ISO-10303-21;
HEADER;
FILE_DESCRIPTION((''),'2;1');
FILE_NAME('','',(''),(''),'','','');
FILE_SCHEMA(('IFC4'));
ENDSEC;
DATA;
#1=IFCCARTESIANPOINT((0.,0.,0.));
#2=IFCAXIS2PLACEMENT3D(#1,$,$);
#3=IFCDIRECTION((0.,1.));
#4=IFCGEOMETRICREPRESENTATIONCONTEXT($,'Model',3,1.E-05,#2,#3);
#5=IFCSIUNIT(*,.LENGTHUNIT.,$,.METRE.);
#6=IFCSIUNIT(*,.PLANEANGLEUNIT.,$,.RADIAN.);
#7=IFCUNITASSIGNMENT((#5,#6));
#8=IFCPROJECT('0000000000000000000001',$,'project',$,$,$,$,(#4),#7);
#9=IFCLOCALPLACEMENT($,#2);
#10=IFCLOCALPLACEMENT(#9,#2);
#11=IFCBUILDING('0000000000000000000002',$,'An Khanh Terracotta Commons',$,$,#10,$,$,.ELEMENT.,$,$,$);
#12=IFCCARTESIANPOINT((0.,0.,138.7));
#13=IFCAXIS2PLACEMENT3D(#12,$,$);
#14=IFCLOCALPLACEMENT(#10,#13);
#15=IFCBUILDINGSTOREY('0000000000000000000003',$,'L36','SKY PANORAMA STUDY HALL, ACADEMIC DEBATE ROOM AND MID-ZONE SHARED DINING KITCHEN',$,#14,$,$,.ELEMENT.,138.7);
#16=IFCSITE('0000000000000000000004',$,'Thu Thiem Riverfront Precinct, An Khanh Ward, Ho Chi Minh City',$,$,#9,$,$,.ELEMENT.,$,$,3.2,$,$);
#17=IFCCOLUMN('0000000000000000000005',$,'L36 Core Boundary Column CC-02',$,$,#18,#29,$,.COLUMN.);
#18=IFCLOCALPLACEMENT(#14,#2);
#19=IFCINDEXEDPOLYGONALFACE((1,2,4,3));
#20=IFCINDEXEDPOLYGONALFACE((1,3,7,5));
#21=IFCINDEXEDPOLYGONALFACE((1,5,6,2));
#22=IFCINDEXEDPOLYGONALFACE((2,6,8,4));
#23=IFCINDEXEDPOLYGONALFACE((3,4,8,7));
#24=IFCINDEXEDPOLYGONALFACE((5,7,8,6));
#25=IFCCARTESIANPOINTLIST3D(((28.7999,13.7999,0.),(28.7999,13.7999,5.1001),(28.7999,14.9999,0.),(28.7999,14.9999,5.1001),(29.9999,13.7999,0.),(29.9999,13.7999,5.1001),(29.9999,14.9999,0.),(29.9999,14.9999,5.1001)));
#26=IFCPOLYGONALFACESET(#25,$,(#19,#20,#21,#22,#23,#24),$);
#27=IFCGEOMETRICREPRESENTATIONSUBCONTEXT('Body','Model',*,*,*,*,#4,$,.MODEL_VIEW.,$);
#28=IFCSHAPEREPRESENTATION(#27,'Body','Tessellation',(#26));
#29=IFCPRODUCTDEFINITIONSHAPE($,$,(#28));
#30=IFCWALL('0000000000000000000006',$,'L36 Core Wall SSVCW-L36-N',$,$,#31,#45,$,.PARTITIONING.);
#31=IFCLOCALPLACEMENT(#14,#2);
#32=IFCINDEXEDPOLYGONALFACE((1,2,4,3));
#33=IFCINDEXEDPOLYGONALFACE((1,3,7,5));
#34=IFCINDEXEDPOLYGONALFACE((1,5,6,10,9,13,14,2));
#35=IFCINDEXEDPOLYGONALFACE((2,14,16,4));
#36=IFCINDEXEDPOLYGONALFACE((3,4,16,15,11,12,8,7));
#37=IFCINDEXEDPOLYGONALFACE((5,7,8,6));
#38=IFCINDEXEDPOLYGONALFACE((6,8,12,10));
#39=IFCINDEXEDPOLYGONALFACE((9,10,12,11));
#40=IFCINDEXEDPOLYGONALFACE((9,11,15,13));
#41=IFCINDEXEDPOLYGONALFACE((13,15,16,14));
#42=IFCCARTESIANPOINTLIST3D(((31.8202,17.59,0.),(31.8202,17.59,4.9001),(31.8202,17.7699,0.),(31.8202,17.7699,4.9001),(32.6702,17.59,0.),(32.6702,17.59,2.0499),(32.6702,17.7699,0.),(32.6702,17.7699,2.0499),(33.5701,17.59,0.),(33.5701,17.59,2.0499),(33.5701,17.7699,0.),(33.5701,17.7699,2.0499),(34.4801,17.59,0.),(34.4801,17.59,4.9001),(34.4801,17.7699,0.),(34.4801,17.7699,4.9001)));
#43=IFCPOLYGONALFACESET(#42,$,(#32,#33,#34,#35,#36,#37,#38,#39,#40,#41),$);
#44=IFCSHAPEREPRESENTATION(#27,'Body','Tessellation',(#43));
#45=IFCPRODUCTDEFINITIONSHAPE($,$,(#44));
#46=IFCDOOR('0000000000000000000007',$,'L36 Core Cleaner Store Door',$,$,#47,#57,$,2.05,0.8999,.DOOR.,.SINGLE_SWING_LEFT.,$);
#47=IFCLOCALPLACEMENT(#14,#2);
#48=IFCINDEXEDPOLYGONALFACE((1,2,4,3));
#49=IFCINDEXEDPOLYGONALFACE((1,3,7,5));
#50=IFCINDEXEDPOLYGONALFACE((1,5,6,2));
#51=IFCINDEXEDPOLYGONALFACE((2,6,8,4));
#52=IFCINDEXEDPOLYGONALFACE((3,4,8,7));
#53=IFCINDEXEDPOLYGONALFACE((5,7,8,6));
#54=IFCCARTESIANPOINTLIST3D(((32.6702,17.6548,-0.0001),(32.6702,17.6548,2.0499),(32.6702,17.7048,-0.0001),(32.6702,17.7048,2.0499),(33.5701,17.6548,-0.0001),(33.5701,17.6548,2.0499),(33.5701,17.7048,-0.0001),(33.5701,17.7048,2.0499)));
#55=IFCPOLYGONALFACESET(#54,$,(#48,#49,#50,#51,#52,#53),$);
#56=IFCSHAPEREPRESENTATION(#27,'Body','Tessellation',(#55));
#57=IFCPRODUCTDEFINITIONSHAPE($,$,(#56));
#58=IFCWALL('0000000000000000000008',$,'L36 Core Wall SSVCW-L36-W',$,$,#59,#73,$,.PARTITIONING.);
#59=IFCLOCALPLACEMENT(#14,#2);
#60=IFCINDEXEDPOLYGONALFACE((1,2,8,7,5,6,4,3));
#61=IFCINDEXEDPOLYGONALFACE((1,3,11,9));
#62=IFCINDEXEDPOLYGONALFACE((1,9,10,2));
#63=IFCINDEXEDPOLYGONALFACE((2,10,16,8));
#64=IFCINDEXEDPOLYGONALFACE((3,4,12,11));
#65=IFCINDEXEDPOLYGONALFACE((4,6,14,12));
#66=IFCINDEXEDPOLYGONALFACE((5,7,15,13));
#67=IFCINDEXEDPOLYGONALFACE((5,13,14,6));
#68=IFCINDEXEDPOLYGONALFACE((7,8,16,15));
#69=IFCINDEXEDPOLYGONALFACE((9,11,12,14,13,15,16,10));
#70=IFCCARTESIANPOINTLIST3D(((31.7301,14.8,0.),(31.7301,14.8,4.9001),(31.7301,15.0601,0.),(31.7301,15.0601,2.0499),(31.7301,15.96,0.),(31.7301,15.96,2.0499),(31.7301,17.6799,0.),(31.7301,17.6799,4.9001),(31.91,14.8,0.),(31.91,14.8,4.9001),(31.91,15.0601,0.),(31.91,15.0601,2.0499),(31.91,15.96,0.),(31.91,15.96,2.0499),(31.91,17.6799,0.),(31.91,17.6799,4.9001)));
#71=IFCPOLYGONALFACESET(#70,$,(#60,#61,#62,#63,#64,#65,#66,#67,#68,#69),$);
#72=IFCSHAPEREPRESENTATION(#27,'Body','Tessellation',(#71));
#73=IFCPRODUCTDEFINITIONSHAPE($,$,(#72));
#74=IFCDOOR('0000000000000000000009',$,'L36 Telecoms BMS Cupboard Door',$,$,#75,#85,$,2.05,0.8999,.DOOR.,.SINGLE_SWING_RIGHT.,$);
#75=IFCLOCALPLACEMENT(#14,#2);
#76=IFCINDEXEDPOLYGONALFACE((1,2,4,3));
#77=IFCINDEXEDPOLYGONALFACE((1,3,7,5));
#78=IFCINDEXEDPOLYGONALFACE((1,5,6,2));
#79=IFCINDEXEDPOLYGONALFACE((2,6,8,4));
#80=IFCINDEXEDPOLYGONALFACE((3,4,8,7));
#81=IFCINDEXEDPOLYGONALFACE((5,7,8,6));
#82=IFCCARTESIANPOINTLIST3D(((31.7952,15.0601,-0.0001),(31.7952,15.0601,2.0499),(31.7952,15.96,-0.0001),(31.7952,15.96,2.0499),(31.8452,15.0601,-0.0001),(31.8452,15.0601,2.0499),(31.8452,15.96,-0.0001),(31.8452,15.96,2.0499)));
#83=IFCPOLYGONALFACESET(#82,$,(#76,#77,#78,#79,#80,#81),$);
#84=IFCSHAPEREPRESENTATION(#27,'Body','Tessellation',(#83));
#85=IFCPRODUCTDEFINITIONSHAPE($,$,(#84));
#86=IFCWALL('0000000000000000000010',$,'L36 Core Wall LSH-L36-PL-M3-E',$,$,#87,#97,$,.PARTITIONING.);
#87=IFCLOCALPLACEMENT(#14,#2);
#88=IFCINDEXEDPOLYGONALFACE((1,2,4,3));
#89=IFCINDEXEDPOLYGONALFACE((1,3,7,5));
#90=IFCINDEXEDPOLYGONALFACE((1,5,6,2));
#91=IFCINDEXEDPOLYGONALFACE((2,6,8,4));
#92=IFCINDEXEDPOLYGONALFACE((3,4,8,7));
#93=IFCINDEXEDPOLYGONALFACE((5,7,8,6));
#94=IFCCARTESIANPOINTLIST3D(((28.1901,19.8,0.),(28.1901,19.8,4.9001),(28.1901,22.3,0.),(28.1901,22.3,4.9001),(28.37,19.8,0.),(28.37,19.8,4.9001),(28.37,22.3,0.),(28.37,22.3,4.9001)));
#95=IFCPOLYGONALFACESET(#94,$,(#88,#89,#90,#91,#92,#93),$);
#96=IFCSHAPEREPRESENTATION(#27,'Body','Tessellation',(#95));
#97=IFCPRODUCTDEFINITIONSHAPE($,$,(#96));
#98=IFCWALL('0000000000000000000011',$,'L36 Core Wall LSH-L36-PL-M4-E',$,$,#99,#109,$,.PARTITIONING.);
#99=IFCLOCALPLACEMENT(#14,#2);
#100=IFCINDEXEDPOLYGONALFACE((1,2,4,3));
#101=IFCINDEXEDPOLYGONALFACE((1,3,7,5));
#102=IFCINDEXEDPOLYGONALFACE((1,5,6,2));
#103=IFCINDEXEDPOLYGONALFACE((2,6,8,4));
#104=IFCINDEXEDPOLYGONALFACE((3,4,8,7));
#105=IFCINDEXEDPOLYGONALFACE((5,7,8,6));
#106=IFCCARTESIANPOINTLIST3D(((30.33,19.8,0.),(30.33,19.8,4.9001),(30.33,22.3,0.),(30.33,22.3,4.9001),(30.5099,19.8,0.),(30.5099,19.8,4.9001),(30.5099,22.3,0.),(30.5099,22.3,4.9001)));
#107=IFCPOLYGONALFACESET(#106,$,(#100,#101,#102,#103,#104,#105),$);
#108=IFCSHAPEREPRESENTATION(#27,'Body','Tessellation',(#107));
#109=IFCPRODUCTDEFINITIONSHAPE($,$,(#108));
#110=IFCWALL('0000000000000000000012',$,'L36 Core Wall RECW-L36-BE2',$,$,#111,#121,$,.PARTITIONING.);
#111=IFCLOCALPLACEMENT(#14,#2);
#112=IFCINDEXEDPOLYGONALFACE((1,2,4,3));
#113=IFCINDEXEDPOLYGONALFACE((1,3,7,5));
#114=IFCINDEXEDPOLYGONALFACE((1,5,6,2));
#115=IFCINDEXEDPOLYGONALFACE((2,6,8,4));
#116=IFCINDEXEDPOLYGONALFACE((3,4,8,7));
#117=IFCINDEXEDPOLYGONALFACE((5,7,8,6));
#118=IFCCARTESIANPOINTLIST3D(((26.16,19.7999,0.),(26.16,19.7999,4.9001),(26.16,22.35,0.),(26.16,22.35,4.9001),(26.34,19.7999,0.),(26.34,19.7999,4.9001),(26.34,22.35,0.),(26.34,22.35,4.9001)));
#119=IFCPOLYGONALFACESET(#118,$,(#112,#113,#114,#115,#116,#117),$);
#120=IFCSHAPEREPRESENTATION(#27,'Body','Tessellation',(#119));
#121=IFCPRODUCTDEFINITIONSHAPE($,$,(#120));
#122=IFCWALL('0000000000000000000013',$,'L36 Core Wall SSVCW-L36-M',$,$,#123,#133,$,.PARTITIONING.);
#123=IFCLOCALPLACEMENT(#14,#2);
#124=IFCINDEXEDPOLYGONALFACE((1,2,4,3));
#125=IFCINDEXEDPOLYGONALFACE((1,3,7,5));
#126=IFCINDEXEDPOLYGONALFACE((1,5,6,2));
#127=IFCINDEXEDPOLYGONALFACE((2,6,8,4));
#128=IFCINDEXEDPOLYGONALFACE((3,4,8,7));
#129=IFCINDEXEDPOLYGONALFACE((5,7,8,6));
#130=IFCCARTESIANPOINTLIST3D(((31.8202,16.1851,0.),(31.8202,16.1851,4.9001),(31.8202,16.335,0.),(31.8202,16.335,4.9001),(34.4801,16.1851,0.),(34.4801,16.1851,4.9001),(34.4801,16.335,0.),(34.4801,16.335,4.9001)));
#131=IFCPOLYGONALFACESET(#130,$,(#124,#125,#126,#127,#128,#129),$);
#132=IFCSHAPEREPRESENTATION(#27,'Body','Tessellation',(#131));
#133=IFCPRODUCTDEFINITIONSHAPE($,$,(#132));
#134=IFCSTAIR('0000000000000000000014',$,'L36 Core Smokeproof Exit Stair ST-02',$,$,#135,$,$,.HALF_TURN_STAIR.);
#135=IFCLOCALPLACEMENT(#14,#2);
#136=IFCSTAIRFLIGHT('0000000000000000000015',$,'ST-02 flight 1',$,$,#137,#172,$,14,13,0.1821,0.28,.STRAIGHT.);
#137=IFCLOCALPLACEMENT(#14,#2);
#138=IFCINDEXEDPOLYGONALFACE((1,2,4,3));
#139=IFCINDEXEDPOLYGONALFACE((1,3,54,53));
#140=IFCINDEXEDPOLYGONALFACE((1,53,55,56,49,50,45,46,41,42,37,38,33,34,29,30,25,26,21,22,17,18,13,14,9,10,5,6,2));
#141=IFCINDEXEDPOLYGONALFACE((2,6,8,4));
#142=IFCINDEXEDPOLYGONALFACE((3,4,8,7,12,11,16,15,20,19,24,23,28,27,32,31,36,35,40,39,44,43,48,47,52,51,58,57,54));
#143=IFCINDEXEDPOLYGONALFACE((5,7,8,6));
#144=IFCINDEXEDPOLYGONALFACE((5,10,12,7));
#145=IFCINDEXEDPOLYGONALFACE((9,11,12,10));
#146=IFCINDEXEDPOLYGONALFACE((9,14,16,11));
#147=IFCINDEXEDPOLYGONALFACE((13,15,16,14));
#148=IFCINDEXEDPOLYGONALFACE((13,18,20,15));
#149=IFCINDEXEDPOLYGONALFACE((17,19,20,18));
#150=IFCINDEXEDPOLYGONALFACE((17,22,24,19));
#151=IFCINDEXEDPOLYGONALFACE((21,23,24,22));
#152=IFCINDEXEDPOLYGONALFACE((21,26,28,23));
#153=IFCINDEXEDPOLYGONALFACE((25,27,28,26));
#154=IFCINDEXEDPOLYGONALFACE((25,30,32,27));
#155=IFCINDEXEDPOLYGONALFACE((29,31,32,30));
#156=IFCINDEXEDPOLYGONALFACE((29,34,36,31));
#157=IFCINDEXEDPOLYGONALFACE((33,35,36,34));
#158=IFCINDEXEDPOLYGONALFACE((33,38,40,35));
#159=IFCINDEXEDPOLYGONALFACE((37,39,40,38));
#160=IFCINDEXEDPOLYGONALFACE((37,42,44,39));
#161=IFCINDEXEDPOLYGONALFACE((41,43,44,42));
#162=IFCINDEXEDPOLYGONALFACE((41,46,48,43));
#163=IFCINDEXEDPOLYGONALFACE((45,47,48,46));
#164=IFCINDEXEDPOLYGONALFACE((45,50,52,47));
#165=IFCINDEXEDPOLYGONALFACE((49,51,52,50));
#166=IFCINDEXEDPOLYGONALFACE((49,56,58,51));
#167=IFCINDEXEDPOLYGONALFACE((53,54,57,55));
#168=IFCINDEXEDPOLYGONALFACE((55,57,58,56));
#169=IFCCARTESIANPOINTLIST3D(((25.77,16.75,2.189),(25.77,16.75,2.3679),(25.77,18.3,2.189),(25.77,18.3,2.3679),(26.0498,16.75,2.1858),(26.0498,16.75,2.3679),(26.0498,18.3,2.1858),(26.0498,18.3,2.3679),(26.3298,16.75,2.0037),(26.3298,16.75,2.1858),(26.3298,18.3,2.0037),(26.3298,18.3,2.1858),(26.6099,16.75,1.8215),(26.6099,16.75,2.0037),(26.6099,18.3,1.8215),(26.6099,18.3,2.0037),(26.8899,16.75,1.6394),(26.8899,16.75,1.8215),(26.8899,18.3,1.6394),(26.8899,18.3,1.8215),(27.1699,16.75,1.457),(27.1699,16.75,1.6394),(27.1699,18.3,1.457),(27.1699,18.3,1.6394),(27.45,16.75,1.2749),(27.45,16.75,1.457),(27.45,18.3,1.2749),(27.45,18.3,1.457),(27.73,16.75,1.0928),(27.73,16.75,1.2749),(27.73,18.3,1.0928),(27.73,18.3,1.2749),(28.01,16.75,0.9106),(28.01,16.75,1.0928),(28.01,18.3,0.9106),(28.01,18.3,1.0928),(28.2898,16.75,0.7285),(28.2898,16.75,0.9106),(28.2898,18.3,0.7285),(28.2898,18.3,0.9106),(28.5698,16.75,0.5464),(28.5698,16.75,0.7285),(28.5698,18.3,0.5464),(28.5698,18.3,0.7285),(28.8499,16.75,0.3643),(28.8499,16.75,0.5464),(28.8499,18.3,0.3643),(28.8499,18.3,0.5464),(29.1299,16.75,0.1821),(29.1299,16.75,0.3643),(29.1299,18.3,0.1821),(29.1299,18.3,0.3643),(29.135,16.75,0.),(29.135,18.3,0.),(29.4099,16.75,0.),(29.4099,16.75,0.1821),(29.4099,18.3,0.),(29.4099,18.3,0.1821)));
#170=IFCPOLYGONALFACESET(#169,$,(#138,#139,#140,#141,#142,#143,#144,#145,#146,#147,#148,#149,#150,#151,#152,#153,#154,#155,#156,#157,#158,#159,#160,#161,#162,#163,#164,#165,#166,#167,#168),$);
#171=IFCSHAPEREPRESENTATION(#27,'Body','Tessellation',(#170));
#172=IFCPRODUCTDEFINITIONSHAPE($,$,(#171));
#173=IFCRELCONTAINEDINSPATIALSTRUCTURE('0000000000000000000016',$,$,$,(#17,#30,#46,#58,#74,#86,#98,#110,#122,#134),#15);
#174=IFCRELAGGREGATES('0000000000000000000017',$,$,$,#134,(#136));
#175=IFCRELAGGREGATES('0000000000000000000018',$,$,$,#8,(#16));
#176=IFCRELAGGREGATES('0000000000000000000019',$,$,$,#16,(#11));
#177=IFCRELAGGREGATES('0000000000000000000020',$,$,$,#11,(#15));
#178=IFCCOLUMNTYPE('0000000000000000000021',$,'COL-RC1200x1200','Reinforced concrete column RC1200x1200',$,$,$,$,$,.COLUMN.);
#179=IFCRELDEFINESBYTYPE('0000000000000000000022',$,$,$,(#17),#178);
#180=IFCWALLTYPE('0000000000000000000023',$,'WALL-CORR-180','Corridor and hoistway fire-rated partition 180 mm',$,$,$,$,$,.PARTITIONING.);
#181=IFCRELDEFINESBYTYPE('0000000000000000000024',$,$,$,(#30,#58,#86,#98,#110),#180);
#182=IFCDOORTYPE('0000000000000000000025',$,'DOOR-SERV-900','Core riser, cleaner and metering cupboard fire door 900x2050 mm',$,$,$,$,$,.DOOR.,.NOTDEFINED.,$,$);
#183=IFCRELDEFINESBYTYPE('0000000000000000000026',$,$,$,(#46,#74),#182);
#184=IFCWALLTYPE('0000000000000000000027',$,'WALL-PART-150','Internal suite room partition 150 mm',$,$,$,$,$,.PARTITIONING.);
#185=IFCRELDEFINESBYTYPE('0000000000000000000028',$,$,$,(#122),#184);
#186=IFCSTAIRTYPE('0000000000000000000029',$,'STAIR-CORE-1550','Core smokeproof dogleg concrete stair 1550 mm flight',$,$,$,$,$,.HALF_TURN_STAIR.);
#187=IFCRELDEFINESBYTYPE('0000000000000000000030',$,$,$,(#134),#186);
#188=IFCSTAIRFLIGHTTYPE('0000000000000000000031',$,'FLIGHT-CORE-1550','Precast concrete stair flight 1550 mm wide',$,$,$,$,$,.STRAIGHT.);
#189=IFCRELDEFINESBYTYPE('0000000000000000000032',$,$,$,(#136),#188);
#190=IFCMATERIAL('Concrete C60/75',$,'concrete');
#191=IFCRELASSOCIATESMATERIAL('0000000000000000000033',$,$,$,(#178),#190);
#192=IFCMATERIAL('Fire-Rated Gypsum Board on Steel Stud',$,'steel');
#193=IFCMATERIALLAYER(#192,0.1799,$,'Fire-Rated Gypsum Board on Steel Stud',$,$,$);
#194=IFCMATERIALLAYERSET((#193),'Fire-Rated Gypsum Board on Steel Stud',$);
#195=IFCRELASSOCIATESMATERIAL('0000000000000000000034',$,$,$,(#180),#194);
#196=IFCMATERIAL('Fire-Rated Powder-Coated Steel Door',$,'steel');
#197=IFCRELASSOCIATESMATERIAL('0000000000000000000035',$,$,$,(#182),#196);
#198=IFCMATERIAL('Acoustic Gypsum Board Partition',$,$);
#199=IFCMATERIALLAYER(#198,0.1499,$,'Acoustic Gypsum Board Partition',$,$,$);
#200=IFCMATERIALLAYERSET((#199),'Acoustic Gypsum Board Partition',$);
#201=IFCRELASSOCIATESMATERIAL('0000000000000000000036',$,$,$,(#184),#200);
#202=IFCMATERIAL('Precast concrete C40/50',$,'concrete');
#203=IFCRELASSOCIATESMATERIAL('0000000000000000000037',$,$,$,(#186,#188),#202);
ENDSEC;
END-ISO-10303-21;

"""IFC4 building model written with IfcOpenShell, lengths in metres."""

from ifc_helpers import new_model, si_unit, direction, frame, frame_2d, origin, origin_2d, place, context, subcontext, project, spatial, polyline, rectangle, outline, extrude, material, layer, layer_set, material_profile, profile_set, type_object, element, fill, aggregate, save


model = new_model("IFC4")

# Units and contexts
model_context = context("Model", 3, precision=1e-05, world=origin(), true_north=direction((0.0, 1.0)))
body_context = subcontext(model_context, "Body", "Model", "MODEL_VIEW")
ifc_project = project(units=[si_unit("LENGTHUNIT", "METRE"), si_unit("PLANEANGLEUNIT", "RADIAN")], contexts=[model_context])

# Site, building, storey
site_placement = place(None, origin())
site = spatial("IfcSite", under=ifc_project, at=site_placement, Name="Thu Thiem Riverfront Precinct, An Khanh Ward, Ho Chi Minh City", CompositionType="ELEMENT", RefElevation=3.2)
building_placement = place(site_placement, origin())
building = spatial("IfcBuilding", under=site, at=building_placement, Name="An Khanh Terracotta Commons", CompositionType="ELEMENT")
storey_placement = place(building_placement, frame((0.0, 0.0, 138.7)))
storey = spatial("IfcBuildingStorey", under=building, at=storey_placement, Name="L36", Description="SKY PANORAMA STUDY HALL, ACADEMIC DEBATE ROOM AND MID-ZONE SHARED DINING KITCHEN", CompositionType="ELEMENT", Elevation=138.7)

# Column
ifc_material_1 = material(Name="Concrete C60/75", Category="concrete")
ifc_material_profile = material_profile(ifc_material_1, rectangle(XDim=1.2, YDim=1.2, at=origin_2d()), Name="RC1200x1200")
ifc_profile_set = profile_set([ifc_material_profile], Name="Concrete C60/75")
column_type = type_object("IfcColumnType", Name="COL-RC1200x1200", Description="Reinforced concrete column RC1200x1200", PredefinedType="COLUMN", material=ifc_profile_set)
column_placement = place(storey_placement, frame((29.3999, 14.3999, 0.0), z_axis=(0.0, 0.0, 1.0), x_axis=(1.0, 0.0, 0.0)))
element("IfcColumn", 1, at=column_placement, inside=storey, type_object=column_type, Name="L36 Core Boundary Column CC-02", PredefinedType="COLUMN", context=body_context, shape_type="SweptSolid", body=[
    extrude(rectangle(XDim=1.2, YDim=1.2, at=origin_2d()), origin(), (0.0, 0.0, 1.0), 5.1001),
])

# Walls, openings, doors
ifc_material_2 = material(Name="Fire-Rated Gypsum Board on Steel Stud", Category="steel")
ifc_layer_1 = layer(ifc_material_2, 0.1799, Name="Fire-Rated Gypsum Board on Steel Stud")
ifc_layer_set_1 = layer_set([ifc_layer_1], Name="Fire-Rated Gypsum Board on Steel Stud")
wall_type_1 = type_object("IfcWallType", Name="WALL-CORR-180", Description="Corridor and hoistway fire-rated partition 180 mm", PredefinedType="PARTITIONING", material=ifc_layer_set_1)
wall_1_placement = place(storey_placement, frame((31.8201, 17.6799, 0.0), z_axis=(0.0, 0.0, 1.0), x_axis=(1.0, 0.0, 0.0)))
wall_1 = element("IfcWall", 2, at=wall_1_placement, inside=storey, type_object=wall_type_1, Name="L36 Core Wall SSVCW-L36-N", PredefinedType="PARTITIONING", context=body_context, shape_type="SweptSolid", body=[
    extrude(rectangle(XDim=2.6599, YDim=0.1799, at=frame_2d((1.3301, 0.0))), origin(), (0.0, 0.0, 1.0), 4.9001),
])
opening_1_placement = place(wall_1_placement, frame((0.8501, 0.0, 0.0)))
opening_1 = element("IfcOpeningElement", 3, at=opening_1_placement, cuts=wall_1, PredefinedType="OPENING", context=body_context, shape_type="SweptSolid", body=[
    extrude(rectangle(XDim=0.8999, YDim=2.05, at=frame_2d((0.45, 1.0249))), frame((0.0, 0.0999, 0.0), z_axis=(0.0, -1.0, 0.0), x_axis=(1.0, 0.0, 0.0)), (0.0, 0.0, 1.0), 0.2),
])
ifc_material_3 = material(Name="Fire-Rated Powder-Coated Steel Door", Category="steel")
door_type_1 = type_object("IfcDoorType", Name="DOOR-SERV-900", Description="Core riser, cleaner and metering cupboard fire door 900x2050 mm", OperationType="NOTDEFINED", PredefinedType="DOOR", material=ifc_material_3)
door_1_placement = place(opening_1_placement, origin())
door_1 = element("IfcDoor", 4, at=door_1_placement, inside=storey, type_object=door_type_1, Name="L36 Core Cleaner Store Door", OperationType="SINGLE_SWING_LEFT", OverallHeight=2.05, OverallWidth=0.8999, PredefinedType="DOOR", context=body_context, shape_type="SweptSolid", body=[
    extrude(rectangle(XDim=0.8999, YDim=2.05, at=frame_2d((0.45, 1.0249))), frame((0.0, 0.0249, 0.0), z_axis=(0.0, -1.0, 0.0), x_axis=(1.0, 0.0, 0.0)), (0.0, 0.0, 1.0), 0.05),
])
fill(opening_1, door_1)
wall_2_placement = place(storey_placement, frame((31.8201, 14.8, 0.0), z_axis=(0.0, 0.0, 1.0), x_axis=(0.0, 1.0, 0.0)))
wall_2 = element("IfcWall", 5, at=wall_2_placement, inside=storey, type_object=wall_type_1, Name="L36 Core Wall SSVCW-L36-W", PredefinedType="PARTITIONING", context=body_context, shape_type="SweptSolid", body=[
    extrude(rectangle(XDim=2.8799, YDim=0.1799, at=frame_2d((1.4399, 0.0))), origin(), (0.0, 0.0, 1.0), 4.9001),
])
opening_2_placement = place(wall_2_placement, frame((0.26, 0.0, 0.0)))
opening_2 = element("IfcOpeningElement", 6, at=opening_2_placement, cuts=wall_2, PredefinedType="OPENING", context=body_context, shape_type="SweptSolid", body=[
    extrude(rectangle(XDim=0.8999, YDim=2.05, at=frame_2d((0.45, 1.0249))), frame((0.0, 0.0999, 0.0), z_axis=(0.0, -1.0, 0.0), x_axis=(1.0, 0.0, 0.0)), (0.0, 0.0, 1.0), 0.2),
])
door_2_placement = place(opening_2_placement, origin())
door_2 = element("IfcDoor", 7, at=door_2_placement, inside=storey, type_object=door_type_1, Name="L36 Telecoms BMS Cupboard Door", OperationType="SINGLE_SWING_RIGHT", OverallHeight=2.05, OverallWidth=0.8999, PredefinedType="DOOR", context=body_context, shape_type="SweptSolid", body=[
    extrude(rectangle(XDim=0.8999, YDim=2.05, at=frame_2d((0.45, 1.0249))), frame((0.0, 0.0249, 0.0), z_axis=(0.0, -1.0, 0.0), x_axis=(1.0, 0.0, 0.0)), (0.0, 0.0, 1.0), 0.05),
])
fill(opening_2, door_2)

# Walls
for number, where, z_axis, x_axis, name in (
    (8, (28.28, 19.8, 0.0), (0.0, 0.0, 1.0), (0.0, 1.0, 0.0), "L36 Core Wall LSH-L36-PL-M3-E"),
    (9, (30.4199, 19.8, 0.0), (0.0, 0.0, 1.0), (0.0, 1.0, 0.0), "L36 Core Wall LSH-L36-PL-M4-E"),
):
    element("IfcWall", number, at=place(storey_placement, frame(where, z_axis=z_axis, x_axis=x_axis)), inside=storey, type_object=wall_type_1, Name=name, PredefinedType="PARTITIONING", context=body_context, shape_type="SweptSolid", body=[
        extrude(rectangle(XDim=2.5, YDim=0.1799, at=frame_2d((1.25, 0.0))), origin(), (0.0, 0.0, 1.0), 4.9001),
    ])
wall_3_placement = place(storey_placement, frame((26.25, 19.8, 0.0), z_axis=(0.0, 0.0, 1.0), x_axis=(0.0, 1.0, 0.0)))
element("IfcWall", 10, at=wall_3_placement, inside=storey, type_object=wall_type_1, Name="L36 Core Wall RECW-L36-BE2", PredefinedType="PARTITIONING", context=body_context, shape_type="SweptSolid", body=[
    extrude(rectangle(XDim=2.55, YDim=0.1799, at=frame_2d((1.2749, 0.0))), origin(), (0.0, 0.0, 1.0), 4.9001),
])
ifc_material_4 = material(Name="Acoustic Gypsum Board Partition")
ifc_layer_2 = layer(ifc_material_4, 0.1499, Name="Acoustic Gypsum Board Partition")
ifc_layer_set_2 = layer_set([ifc_layer_2], Name="Acoustic Gypsum Board Partition")
wall_type_2 = type_object("IfcWallType", Name="WALL-PART-150", Description="Internal suite room partition 150 mm", PredefinedType="PARTITIONING", material=ifc_layer_set_2)
wall_4_placement = place(storey_placement, frame((31.8201, 16.26, 0.0), z_axis=(0.0, 0.0, 1.0), x_axis=(1.0, 0.0, 0.0)))
element("IfcWall", 11, at=wall_4_placement, inside=storey, type_object=wall_type_2, Name="L36 Core Wall SSVCW-L36-M", PredefinedType="PARTITIONING", context=body_context, shape_type="SweptSolid", body=[
    extrude(rectangle(XDim=2.6599, YDim=0.1499, at=frame_2d((1.3301, 0.0))), origin(), (0.0, 0.0, 1.0), 4.9001),
])

# Stair, stair flight
ifc_material_5 = material(Name="Precast concrete C40/50", Category="concrete")
stair_type = type_object("IfcStairType", Name="STAIR-CORE-1550", Description="Core smokeproof dogleg concrete stair 1550 mm flight", PredefinedType="HALF_TURN_STAIR", material=ifc_material_5)
stair_placement = place(storey_placement, origin())
stair = element("IfcStair", 12, at=stair_placement, inside=storey, type_object=stair_type, Name="L36 Core Smokeproof Exit Stair ST-02", PredefinedType="HALF_TURN_STAIR")
stair_flight_type = type_object("IfcStairFlightType", Name="FLIGHT-CORE-1550", Description="Precast concrete stair flight 1550 mm wide", PredefinedType="STRAIGHT", material=ifc_material_5)
stair_flight_1_placement = place(storey_placement, frame((29.4099, 17.5249, 0.0), z_axis=(0.0, 0.0, 1.0), x_axis=(-1.0, 0.0, 0.0)))
stair_flight_1 = element("IfcStairFlight", 13, at=stair_flight_1_placement, type_object=stair_flight_type, Name="ST-02 flight 1", NumberOfRisers=14, NumberOfTreads=13, PredefinedType="STRAIGHT", RiserHeight=0.1821, TreadLength=0.28, context=body_context, shape_type="SweptSolid", body=[
    extrude(outline(polyline([(0.0, 0.0), (0.0, 0.1821), (0.28, 0.1821), (0.28, 0.3643), (0.5601, 0.3643), (0.5601, 0.5464), (0.8401, 0.5464), (0.8401, 0.7285), (1.1201, 0.7285), (1.1201, 0.9106), (1.3999, 0.9106), (1.3999, 1.0928), (1.6799, 1.0928), (1.6799, 1.2749), (1.96, 1.2749), (1.96, 1.457), (2.24, 1.457), (2.24, 1.6394), (2.52, 1.6394), (2.52, 1.8215), (2.8, 1.8215), (2.8, 2.0037), (3.0801, 2.0037), (3.0801, 2.1858), (3.3601, 2.1858), (3.3601, 2.3679), (3.6399, 2.3679), (3.6399, 2.55), (3.6399, 2.189), (0.2749, 0.0), (0.0, 0.0)])), frame((0.0, 0.7749, 0.0), z_axis=(0.0, -1.0, 0.0), x_axis=(1.0, 0.0, 0.0)), (0.0, 0.0, 1.0), 1.55),
])
aggregate(stair, [stair_flight_1])

save(model, "model.ifc")
